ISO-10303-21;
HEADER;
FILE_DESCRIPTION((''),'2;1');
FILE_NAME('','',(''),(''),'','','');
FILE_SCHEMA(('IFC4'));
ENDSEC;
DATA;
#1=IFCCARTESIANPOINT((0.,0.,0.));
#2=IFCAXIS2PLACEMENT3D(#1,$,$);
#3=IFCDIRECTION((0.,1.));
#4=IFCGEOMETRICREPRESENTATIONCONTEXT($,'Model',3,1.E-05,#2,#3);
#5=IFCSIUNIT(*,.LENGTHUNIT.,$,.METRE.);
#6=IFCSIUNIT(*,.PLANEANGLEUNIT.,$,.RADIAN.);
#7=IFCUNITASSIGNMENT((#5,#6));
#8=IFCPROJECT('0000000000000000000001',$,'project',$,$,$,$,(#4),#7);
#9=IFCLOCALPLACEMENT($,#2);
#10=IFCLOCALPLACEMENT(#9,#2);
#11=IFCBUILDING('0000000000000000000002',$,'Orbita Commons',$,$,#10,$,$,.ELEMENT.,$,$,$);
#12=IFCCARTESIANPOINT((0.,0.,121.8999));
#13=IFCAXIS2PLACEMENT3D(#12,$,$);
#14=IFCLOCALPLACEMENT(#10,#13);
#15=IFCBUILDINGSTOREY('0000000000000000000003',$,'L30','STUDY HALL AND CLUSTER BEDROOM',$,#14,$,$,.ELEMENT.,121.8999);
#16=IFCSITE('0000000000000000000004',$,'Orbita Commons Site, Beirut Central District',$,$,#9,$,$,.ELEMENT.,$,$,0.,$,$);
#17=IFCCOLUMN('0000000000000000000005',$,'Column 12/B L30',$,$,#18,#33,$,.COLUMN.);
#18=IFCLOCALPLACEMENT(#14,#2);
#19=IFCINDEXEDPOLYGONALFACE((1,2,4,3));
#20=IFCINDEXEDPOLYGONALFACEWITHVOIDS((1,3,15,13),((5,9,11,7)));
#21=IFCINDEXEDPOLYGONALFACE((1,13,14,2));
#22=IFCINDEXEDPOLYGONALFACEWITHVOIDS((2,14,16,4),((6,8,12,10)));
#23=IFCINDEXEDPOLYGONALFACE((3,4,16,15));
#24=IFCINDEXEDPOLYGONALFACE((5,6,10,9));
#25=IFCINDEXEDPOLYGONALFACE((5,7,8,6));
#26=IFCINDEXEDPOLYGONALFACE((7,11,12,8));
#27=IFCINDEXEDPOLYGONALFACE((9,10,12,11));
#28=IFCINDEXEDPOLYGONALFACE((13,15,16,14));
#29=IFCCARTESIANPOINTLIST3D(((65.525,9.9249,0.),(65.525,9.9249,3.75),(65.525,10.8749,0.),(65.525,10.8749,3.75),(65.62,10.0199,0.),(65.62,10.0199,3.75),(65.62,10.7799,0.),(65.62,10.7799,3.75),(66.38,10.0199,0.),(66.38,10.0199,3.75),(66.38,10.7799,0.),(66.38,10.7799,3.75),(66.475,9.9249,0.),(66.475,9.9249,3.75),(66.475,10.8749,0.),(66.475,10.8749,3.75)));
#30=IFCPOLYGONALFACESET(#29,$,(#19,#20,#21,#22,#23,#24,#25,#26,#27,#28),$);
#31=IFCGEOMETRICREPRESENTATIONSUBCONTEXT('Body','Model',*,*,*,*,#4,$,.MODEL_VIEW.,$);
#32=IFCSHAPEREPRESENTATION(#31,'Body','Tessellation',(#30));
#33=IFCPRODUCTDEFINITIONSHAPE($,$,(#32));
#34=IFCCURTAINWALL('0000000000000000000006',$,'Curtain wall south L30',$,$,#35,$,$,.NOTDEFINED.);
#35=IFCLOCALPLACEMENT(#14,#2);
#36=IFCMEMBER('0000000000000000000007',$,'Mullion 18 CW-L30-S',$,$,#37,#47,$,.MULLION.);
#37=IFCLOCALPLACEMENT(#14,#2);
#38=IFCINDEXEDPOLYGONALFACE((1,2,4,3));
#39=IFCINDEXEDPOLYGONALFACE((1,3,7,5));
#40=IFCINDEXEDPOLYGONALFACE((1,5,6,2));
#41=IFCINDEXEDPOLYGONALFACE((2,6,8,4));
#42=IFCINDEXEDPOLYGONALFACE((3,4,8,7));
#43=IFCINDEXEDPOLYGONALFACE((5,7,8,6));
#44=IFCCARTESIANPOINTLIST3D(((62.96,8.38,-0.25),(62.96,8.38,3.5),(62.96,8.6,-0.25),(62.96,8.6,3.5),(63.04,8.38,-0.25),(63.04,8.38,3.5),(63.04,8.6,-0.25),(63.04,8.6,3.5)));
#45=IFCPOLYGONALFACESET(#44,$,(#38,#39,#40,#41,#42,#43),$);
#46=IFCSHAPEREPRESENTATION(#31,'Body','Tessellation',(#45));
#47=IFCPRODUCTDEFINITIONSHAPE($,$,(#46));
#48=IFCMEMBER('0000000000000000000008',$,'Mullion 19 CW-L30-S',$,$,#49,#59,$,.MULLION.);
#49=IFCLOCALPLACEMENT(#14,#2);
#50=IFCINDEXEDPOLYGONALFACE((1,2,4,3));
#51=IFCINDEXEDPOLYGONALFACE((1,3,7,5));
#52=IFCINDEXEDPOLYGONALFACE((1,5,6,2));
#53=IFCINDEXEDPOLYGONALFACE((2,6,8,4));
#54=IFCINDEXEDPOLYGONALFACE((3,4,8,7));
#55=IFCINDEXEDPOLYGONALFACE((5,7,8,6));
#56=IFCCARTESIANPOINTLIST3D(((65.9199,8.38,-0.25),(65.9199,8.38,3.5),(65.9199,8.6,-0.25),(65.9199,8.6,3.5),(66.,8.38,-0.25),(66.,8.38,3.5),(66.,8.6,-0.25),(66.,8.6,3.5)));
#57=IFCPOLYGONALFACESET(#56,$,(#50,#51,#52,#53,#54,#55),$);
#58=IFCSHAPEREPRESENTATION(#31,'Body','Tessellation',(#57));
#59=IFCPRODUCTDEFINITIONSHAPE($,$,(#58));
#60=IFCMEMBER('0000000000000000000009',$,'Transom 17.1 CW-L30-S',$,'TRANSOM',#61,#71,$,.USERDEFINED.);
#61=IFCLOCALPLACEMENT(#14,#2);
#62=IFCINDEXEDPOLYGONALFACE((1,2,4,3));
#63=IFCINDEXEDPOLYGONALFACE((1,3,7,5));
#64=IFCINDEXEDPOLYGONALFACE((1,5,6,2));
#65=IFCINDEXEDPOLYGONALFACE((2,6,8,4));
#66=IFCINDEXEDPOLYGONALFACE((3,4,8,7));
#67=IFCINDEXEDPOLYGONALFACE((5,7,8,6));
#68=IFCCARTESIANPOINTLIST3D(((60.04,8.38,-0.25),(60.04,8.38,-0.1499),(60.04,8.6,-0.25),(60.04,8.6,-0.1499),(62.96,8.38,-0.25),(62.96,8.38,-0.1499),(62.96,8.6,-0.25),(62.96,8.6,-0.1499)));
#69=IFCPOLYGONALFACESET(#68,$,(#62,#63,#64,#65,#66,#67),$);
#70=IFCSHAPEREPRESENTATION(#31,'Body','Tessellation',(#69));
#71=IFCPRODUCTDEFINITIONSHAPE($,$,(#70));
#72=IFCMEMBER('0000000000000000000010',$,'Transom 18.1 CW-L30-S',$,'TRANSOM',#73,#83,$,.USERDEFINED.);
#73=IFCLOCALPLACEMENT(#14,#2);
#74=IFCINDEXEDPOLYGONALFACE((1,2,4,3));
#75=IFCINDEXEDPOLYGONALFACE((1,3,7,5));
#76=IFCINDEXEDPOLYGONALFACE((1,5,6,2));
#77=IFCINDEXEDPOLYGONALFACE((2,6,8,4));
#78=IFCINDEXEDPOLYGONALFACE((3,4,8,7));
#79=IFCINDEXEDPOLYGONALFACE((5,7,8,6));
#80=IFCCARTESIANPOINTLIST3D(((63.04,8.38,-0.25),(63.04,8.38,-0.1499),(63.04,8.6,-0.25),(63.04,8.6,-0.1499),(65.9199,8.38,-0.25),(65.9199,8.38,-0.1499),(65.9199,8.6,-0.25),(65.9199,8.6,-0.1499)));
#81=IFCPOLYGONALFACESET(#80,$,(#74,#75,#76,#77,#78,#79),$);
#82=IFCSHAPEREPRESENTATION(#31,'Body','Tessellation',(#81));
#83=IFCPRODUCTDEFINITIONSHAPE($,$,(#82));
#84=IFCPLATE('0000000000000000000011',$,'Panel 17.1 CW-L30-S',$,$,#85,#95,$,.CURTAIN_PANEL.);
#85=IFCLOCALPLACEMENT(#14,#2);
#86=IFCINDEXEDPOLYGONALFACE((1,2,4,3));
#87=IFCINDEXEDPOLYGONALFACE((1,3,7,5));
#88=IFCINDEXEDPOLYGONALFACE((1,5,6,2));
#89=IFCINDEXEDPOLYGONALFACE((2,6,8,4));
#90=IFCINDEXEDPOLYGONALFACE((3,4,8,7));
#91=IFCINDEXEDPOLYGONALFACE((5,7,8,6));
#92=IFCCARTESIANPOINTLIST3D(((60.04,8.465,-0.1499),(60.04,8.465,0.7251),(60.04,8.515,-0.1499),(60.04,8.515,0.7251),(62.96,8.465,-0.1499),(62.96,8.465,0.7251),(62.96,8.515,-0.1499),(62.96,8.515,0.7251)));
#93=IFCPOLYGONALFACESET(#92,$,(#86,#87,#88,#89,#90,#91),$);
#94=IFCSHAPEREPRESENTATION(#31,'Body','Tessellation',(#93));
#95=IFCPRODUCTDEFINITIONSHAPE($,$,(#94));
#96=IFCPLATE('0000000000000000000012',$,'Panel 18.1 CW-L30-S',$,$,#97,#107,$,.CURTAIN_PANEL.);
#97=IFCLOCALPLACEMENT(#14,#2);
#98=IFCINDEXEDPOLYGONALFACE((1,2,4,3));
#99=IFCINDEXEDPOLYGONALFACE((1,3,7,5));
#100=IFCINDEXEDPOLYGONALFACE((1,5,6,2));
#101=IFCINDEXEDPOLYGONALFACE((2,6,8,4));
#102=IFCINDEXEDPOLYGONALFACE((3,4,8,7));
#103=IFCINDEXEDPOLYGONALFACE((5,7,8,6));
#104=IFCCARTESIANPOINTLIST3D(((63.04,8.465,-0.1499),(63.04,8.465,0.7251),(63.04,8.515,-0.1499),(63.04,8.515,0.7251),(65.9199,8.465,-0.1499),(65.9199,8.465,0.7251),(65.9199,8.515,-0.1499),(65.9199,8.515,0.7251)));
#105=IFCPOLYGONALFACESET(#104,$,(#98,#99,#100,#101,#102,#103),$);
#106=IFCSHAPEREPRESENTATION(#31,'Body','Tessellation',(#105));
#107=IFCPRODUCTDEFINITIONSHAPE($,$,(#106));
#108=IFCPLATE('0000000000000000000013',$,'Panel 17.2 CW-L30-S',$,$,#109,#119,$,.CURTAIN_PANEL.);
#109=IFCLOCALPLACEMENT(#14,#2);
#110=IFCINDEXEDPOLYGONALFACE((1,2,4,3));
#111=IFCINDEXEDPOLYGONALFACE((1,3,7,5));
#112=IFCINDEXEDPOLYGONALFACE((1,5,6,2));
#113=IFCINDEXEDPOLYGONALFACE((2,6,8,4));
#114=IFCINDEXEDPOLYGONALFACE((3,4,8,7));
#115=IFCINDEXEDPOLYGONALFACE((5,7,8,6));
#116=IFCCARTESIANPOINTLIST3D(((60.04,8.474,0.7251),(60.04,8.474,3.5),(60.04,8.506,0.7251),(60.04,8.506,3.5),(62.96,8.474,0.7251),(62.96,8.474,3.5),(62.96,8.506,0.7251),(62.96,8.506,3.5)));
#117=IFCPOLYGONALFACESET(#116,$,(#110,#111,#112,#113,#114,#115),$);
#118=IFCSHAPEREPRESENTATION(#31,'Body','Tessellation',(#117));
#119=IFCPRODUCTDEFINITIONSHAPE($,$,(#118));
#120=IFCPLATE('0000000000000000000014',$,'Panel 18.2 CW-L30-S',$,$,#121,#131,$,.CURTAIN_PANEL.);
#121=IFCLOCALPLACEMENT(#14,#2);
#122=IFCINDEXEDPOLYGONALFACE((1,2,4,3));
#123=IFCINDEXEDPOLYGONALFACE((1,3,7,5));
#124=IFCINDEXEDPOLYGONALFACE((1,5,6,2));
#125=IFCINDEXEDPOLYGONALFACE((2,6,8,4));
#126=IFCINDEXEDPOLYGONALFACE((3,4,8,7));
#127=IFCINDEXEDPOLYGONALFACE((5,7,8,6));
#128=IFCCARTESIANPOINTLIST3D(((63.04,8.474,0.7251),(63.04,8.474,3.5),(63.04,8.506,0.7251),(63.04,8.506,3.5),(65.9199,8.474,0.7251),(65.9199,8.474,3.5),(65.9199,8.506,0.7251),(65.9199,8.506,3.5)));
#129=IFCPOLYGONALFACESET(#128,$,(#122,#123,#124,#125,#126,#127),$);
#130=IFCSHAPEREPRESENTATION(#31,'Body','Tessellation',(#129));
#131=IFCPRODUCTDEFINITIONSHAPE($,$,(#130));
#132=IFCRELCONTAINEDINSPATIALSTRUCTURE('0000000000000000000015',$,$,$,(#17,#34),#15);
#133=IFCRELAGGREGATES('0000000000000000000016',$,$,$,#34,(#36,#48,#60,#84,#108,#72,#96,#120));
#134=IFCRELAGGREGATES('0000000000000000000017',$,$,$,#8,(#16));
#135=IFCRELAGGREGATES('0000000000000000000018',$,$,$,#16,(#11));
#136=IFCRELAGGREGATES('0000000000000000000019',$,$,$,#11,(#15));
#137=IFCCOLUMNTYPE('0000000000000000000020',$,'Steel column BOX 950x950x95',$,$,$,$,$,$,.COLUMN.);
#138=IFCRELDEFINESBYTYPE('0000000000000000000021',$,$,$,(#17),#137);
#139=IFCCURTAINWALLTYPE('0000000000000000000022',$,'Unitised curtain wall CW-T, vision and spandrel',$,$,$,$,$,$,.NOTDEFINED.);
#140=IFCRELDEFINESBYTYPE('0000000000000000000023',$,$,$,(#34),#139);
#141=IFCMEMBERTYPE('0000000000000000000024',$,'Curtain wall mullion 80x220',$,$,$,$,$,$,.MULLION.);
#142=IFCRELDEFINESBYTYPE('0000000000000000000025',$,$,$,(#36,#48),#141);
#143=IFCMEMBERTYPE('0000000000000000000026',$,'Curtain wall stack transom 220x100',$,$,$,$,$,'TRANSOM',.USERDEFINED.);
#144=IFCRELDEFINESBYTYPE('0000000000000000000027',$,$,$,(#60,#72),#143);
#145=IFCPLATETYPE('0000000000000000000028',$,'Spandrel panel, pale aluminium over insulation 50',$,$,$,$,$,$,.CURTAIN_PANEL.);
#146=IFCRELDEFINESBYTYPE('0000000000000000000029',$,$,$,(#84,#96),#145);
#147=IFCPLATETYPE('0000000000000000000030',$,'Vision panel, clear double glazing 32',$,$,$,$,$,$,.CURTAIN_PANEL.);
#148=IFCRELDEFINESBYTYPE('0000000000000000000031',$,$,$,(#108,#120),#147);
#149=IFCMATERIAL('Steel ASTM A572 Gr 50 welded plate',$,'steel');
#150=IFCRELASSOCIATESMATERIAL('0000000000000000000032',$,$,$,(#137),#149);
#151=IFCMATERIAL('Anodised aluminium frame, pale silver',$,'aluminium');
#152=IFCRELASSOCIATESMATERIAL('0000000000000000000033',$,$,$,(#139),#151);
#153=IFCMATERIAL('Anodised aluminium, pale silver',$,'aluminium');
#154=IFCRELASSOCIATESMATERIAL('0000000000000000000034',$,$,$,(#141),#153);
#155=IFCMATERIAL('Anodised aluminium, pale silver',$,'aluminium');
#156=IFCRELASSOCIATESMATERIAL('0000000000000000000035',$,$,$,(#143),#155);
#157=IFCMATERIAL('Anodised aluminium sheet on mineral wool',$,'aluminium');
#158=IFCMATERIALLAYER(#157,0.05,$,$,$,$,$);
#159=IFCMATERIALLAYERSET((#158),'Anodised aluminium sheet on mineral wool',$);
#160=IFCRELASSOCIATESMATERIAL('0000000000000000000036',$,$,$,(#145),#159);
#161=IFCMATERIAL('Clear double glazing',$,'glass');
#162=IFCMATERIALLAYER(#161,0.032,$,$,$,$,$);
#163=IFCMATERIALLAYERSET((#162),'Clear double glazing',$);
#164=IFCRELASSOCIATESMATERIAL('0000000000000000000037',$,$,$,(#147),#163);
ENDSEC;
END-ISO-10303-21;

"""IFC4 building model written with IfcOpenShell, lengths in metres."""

from ifc_helpers import new_model, si_unit, direction, frame, origin, origin_2d, place, context, subcontext, project, spatial, rectangle, hollow_rectangle, extrude, material, layer, layer_set, material_profile, profile_set, type_object, element, aggregate, save


model = new_model("IFC4")

# Units and contexts
model_context = context("Model", 3, precision=1e-05, world=origin(), true_north=direction((0.0, 1.0)))
body_context = subcontext(model_context, "Body", "Model", "MODEL_VIEW")
ifc_project = project(units=[si_unit("LENGTHUNIT", "METRE"), si_unit("PLANEANGLEUNIT", "RADIAN")], contexts=[model_context])

# Site, building, storey
site_placement = place(None, origin())
site = spatial("IfcSite", under=ifc_project, at=site_placement, Name="Orbita Commons Site, Beirut Central District", CompositionType="ELEMENT", RefElevation=0.0)
building_placement = place(site_placement, origin())
building = spatial("IfcBuilding", under=site, at=building_placement, Name="Orbita Commons", CompositionType="ELEMENT")
storey_placement = place(building_placement, frame((0.0, 0.0, 121.8999)))
storey = spatial("IfcBuildingStorey", under=building, at=storey_placement, Name="L30", Description="STUDY HALL AND CLUSTER BEDROOM", CompositionType="ELEMENT", Elevation=121.8999)

# Column
ifc_material_1 = material(Name="Steel ASTM A572 Gr 50 welded plate", Category="steel")
ifc_material_profile_1 = material_profile(ifc_material_1, hollow_rectangle(XDim=0.95, YDim=0.95, WallThickness=0.095, at=origin_2d()), Name="BOX 950x950x95")
ifc_profile_set_1 = profile_set([ifc_material_profile_1], Name="Steel ASTM A572 Gr 50 welded plate")
column_type = type_object("IfcColumnType", Name="Steel column BOX 950x950x95", PredefinedType="COLUMN", material=ifc_profile_set_1)
column_placement = place(storey_placement, frame((66.0, 10.3999, 0.0), z_axis=(0.0, 0.0, 1.0), x_axis=(1.0, 0.0, 0.0)))
element("IfcColumn", 1, at=column_placement, inside=storey, type_object=column_type, Name="Column 12/B L30", PredefinedType="COLUMN", context=body_context, shape_type="SweptSolid", body=[
    extrude(hollow_rectangle(XDim=0.95, YDim=0.95, WallThickness=0.095, at=origin_2d()), origin(), (0.0, 0.0, 1.0), 3.75),
])

# Curtain wall, members, plates
ifc_material_2 = material(Name="Anodised aluminium frame, pale silver", Category="aluminium")
curtain_wall_type = type_object("IfcCurtainWallType", Name="Unitised curtain wall CW-T, vision and spandrel", PredefinedType="NOTDEFINED", material=ifc_material_2)
curtain_wall_placement = place(storey_placement, origin())
curtain_wall = element("IfcCurtainWall", 2, at=curtain_wall_placement, inside=storey, type_object=curtain_wall_type, Name="Curtain wall south L30", PredefinedType="NOTDEFINED")
ifc_material_3 = material(Name="Anodised aluminium, pale silver", Category="aluminium")
ifc_material_profile_2 = material_profile(ifc_material_3, rectangle(XDim=0.0801, YDim=0.22, at=origin_2d()), Name="AL 80x220")
ifc_profile_set_2 = profile_set([ifc_material_profile_2], Name="Anodised aluminium, pale silver")
member_type_1 = type_object("IfcMemberType", Name="Curtain wall mullion 80x220", PredefinedType="MULLION", material=ifc_profile_set_2)
member_1_placement = place(storey_placement, frame((63.0, 8.49, -0.25), z_axis=(0.0, 0.0, 1.0), x_axis=(1.0, 0.0, 0.0)))
member_1 = element("IfcMember", 3, at=member_1_placement, type_object=member_type_1, Name="Mullion 18 CW-L30-S", PredefinedType="MULLION", context=body_context, shape_type="SweptSolid", body=[
    extrude(rectangle(XDim=0.0801, YDim=0.22, at=origin_2d()), origin(), (0.0, 0.0, 1.0), 3.75),
])
member_2_placement = place(storey_placement, frame((65.96, 8.49, -0.25), z_axis=(0.0, 0.0, 1.0), x_axis=(1.0, 0.0, 0.0)))
member_2 = element("IfcMember", 4, at=member_2_placement, type_object=member_type_1, Name="Mullion 19 CW-L30-S", PredefinedType="MULLION", context=body_context, shape_type="SweptSolid", body=[
    extrude(rectangle(XDim=0.0801, YDim=0.22, at=origin_2d()), origin(), (0.0, 0.0, 1.0), 3.75),
])
ifc_material_4 = material(Name="Anodised aluminium, pale silver", Category="aluminium")
ifc_material_profile_3 = material_profile(ifc_material_4, rectangle(XDim=0.22, YDim=0.1001, at=origin_2d()), Name="AL 220x100")
ifc_profile_set_3 = profile_set([ifc_material_profile_3], Name="Anodised aluminium, pale silver")
member_type_2 = type_object("IfcMemberType", Name="Curtain wall stack transom 220x100", ElementType="TRANSOM", PredefinedType="USERDEFINED", material=ifc_profile_set_3)
member_3_placement = place(storey_placement, frame((60.04, 8.49, -0.2), z_axis=(1.0, 0.0, 0.0), x_axis=(0.0, 1.0, 0.0)))
member_3 = element("IfcMember", 5, at=member_3_placement, type_object=member_type_2, Name="Transom 17.1 CW-L30-S", ObjectType="TRANSOM", PredefinedType="USERDEFINED", context=body_context, shape_type="SweptSolid", body=[
    extrude(rectangle(XDim=0.22, YDim=0.1001, at=origin_2d()), origin(), (0.0, 0.0, 1.0), 2.9199),
])
member_4_placement = place(storey_placement, frame((63.04, 8.49, -0.2), z_axis=(1.0, 0.0, 0.0), x_axis=(0.0, 1.0, 0.0)))
member_4 = element("IfcMember", 6, at=member_4_placement, type_object=member_type_2, Name="Transom 18.1 CW-L30-S", ObjectType="TRANSOM", PredefinedType="USERDEFINED", context=body_context, shape_type="SweptSolid", body=[
    extrude(rectangle(XDim=0.22, YDim=0.1001, at=origin_2d()), origin(), (0.0, 0.0, 1.0), 2.8799),
])
ifc_material_5 = material(Name="Anodised aluminium sheet on mineral wool", Category="aluminium")
ifc_layer_1 = layer(ifc_material_5, 0.05)
ifc_layer_set_1 = layer_set([ifc_layer_1], Name="Anodised aluminium sheet on mineral wool")
plate_type_1 = type_object("IfcPlateType", Name="Spandrel panel, pale aluminium over insulation 50", PredefinedType="CURTAIN_PANEL", material=ifc_layer_set_1)
plate_1_placement = place(storey_placement, frame((61.5, 8.49, -0.1499), z_axis=(0.0, 0.0, 1.0), x_axis=(1.0, 0.0, 0.0)))
plate_1 = element("IfcPlate", 7, at=plate_1_placement, type_object=plate_type_1, Name="Panel 17.1 CW-L30-S", PredefinedType="CURTAIN_PANEL", context=body_context, shape_type="SweptSolid", body=[
    extrude(rectangle(XDim=2.9199, YDim=0.05, at=origin_2d()), origin(), (0.0, 0.0, 1.0), 0.875),
])
plate_2_placement = place(storey_placement, frame((64.48, 8.49, -0.1499), z_axis=(0.0, 0.0, 1.0), x_axis=(1.0, 0.0, 0.0)))
plate_2 = element("IfcPlate", 8, at=plate_2_placement, type_object=plate_type_1, Name="Panel 18.1 CW-L30-S", PredefinedType="CURTAIN_PANEL", context=body_context, shape_type="SweptSolid", body=[
    extrude(rectangle(XDim=2.8799, YDim=0.05, at=origin_2d()), origin(), (0.0, 0.0, 1.0), 0.875),
])
ifc_material_6 = material(Name="Clear double glazing", Category="glass")
ifc_layer_2 = layer(ifc_material_6, 0.032)
ifc_layer_set_2 = layer_set([ifc_layer_2], Name="Clear double glazing")
plate_type_2 = type_object("IfcPlateType", Name="Vision panel, clear double glazing 32", PredefinedType="CURTAIN_PANEL", material=ifc_layer_set_2)
plate_3_placement = place(storey_placement, frame((61.5, 8.49, 0.7251), z_axis=(0.0, 0.0, 1.0), x_axis=(1.0, 0.0, 0.0)))
plate_3 = element("IfcPlate", 9, at=plate_3_placement, type_object=plate_type_2, Name="Panel 17.2 CW-L30-S", PredefinedType="CURTAIN_PANEL", context=body_context, shape_type="SweptSolid", body=[
    extrude(rectangle(XDim=2.9199, YDim=0.032, at=origin_2d()), origin(), (0.0, 0.0, 1.0), 2.7749),
])
plate_4_placement = place(storey_placement, frame((64.48, 8.49, 0.7251), z_axis=(0.0, 0.0, 1.0), x_axis=(1.0, 0.0, 0.0)))
plate_4 = element("IfcPlate", 10, at=plate_4_placement, type_object=plate_type_2, Name="Panel 18.2 CW-L30-S", PredefinedType="CURTAIN_PANEL", context=body_context, shape_type="SweptSolid", body=[
    extrude(rectangle(XDim=2.8799, YDim=0.032, at=origin_2d()), origin(), (0.0, 0.0, 1.0), 2.7749),
])
aggregate(curtain_wall, [member_1, member_2, member_3, plate_1, plate_3, member_4, plate_2, plate_4])

save(model, "model.ifc")
